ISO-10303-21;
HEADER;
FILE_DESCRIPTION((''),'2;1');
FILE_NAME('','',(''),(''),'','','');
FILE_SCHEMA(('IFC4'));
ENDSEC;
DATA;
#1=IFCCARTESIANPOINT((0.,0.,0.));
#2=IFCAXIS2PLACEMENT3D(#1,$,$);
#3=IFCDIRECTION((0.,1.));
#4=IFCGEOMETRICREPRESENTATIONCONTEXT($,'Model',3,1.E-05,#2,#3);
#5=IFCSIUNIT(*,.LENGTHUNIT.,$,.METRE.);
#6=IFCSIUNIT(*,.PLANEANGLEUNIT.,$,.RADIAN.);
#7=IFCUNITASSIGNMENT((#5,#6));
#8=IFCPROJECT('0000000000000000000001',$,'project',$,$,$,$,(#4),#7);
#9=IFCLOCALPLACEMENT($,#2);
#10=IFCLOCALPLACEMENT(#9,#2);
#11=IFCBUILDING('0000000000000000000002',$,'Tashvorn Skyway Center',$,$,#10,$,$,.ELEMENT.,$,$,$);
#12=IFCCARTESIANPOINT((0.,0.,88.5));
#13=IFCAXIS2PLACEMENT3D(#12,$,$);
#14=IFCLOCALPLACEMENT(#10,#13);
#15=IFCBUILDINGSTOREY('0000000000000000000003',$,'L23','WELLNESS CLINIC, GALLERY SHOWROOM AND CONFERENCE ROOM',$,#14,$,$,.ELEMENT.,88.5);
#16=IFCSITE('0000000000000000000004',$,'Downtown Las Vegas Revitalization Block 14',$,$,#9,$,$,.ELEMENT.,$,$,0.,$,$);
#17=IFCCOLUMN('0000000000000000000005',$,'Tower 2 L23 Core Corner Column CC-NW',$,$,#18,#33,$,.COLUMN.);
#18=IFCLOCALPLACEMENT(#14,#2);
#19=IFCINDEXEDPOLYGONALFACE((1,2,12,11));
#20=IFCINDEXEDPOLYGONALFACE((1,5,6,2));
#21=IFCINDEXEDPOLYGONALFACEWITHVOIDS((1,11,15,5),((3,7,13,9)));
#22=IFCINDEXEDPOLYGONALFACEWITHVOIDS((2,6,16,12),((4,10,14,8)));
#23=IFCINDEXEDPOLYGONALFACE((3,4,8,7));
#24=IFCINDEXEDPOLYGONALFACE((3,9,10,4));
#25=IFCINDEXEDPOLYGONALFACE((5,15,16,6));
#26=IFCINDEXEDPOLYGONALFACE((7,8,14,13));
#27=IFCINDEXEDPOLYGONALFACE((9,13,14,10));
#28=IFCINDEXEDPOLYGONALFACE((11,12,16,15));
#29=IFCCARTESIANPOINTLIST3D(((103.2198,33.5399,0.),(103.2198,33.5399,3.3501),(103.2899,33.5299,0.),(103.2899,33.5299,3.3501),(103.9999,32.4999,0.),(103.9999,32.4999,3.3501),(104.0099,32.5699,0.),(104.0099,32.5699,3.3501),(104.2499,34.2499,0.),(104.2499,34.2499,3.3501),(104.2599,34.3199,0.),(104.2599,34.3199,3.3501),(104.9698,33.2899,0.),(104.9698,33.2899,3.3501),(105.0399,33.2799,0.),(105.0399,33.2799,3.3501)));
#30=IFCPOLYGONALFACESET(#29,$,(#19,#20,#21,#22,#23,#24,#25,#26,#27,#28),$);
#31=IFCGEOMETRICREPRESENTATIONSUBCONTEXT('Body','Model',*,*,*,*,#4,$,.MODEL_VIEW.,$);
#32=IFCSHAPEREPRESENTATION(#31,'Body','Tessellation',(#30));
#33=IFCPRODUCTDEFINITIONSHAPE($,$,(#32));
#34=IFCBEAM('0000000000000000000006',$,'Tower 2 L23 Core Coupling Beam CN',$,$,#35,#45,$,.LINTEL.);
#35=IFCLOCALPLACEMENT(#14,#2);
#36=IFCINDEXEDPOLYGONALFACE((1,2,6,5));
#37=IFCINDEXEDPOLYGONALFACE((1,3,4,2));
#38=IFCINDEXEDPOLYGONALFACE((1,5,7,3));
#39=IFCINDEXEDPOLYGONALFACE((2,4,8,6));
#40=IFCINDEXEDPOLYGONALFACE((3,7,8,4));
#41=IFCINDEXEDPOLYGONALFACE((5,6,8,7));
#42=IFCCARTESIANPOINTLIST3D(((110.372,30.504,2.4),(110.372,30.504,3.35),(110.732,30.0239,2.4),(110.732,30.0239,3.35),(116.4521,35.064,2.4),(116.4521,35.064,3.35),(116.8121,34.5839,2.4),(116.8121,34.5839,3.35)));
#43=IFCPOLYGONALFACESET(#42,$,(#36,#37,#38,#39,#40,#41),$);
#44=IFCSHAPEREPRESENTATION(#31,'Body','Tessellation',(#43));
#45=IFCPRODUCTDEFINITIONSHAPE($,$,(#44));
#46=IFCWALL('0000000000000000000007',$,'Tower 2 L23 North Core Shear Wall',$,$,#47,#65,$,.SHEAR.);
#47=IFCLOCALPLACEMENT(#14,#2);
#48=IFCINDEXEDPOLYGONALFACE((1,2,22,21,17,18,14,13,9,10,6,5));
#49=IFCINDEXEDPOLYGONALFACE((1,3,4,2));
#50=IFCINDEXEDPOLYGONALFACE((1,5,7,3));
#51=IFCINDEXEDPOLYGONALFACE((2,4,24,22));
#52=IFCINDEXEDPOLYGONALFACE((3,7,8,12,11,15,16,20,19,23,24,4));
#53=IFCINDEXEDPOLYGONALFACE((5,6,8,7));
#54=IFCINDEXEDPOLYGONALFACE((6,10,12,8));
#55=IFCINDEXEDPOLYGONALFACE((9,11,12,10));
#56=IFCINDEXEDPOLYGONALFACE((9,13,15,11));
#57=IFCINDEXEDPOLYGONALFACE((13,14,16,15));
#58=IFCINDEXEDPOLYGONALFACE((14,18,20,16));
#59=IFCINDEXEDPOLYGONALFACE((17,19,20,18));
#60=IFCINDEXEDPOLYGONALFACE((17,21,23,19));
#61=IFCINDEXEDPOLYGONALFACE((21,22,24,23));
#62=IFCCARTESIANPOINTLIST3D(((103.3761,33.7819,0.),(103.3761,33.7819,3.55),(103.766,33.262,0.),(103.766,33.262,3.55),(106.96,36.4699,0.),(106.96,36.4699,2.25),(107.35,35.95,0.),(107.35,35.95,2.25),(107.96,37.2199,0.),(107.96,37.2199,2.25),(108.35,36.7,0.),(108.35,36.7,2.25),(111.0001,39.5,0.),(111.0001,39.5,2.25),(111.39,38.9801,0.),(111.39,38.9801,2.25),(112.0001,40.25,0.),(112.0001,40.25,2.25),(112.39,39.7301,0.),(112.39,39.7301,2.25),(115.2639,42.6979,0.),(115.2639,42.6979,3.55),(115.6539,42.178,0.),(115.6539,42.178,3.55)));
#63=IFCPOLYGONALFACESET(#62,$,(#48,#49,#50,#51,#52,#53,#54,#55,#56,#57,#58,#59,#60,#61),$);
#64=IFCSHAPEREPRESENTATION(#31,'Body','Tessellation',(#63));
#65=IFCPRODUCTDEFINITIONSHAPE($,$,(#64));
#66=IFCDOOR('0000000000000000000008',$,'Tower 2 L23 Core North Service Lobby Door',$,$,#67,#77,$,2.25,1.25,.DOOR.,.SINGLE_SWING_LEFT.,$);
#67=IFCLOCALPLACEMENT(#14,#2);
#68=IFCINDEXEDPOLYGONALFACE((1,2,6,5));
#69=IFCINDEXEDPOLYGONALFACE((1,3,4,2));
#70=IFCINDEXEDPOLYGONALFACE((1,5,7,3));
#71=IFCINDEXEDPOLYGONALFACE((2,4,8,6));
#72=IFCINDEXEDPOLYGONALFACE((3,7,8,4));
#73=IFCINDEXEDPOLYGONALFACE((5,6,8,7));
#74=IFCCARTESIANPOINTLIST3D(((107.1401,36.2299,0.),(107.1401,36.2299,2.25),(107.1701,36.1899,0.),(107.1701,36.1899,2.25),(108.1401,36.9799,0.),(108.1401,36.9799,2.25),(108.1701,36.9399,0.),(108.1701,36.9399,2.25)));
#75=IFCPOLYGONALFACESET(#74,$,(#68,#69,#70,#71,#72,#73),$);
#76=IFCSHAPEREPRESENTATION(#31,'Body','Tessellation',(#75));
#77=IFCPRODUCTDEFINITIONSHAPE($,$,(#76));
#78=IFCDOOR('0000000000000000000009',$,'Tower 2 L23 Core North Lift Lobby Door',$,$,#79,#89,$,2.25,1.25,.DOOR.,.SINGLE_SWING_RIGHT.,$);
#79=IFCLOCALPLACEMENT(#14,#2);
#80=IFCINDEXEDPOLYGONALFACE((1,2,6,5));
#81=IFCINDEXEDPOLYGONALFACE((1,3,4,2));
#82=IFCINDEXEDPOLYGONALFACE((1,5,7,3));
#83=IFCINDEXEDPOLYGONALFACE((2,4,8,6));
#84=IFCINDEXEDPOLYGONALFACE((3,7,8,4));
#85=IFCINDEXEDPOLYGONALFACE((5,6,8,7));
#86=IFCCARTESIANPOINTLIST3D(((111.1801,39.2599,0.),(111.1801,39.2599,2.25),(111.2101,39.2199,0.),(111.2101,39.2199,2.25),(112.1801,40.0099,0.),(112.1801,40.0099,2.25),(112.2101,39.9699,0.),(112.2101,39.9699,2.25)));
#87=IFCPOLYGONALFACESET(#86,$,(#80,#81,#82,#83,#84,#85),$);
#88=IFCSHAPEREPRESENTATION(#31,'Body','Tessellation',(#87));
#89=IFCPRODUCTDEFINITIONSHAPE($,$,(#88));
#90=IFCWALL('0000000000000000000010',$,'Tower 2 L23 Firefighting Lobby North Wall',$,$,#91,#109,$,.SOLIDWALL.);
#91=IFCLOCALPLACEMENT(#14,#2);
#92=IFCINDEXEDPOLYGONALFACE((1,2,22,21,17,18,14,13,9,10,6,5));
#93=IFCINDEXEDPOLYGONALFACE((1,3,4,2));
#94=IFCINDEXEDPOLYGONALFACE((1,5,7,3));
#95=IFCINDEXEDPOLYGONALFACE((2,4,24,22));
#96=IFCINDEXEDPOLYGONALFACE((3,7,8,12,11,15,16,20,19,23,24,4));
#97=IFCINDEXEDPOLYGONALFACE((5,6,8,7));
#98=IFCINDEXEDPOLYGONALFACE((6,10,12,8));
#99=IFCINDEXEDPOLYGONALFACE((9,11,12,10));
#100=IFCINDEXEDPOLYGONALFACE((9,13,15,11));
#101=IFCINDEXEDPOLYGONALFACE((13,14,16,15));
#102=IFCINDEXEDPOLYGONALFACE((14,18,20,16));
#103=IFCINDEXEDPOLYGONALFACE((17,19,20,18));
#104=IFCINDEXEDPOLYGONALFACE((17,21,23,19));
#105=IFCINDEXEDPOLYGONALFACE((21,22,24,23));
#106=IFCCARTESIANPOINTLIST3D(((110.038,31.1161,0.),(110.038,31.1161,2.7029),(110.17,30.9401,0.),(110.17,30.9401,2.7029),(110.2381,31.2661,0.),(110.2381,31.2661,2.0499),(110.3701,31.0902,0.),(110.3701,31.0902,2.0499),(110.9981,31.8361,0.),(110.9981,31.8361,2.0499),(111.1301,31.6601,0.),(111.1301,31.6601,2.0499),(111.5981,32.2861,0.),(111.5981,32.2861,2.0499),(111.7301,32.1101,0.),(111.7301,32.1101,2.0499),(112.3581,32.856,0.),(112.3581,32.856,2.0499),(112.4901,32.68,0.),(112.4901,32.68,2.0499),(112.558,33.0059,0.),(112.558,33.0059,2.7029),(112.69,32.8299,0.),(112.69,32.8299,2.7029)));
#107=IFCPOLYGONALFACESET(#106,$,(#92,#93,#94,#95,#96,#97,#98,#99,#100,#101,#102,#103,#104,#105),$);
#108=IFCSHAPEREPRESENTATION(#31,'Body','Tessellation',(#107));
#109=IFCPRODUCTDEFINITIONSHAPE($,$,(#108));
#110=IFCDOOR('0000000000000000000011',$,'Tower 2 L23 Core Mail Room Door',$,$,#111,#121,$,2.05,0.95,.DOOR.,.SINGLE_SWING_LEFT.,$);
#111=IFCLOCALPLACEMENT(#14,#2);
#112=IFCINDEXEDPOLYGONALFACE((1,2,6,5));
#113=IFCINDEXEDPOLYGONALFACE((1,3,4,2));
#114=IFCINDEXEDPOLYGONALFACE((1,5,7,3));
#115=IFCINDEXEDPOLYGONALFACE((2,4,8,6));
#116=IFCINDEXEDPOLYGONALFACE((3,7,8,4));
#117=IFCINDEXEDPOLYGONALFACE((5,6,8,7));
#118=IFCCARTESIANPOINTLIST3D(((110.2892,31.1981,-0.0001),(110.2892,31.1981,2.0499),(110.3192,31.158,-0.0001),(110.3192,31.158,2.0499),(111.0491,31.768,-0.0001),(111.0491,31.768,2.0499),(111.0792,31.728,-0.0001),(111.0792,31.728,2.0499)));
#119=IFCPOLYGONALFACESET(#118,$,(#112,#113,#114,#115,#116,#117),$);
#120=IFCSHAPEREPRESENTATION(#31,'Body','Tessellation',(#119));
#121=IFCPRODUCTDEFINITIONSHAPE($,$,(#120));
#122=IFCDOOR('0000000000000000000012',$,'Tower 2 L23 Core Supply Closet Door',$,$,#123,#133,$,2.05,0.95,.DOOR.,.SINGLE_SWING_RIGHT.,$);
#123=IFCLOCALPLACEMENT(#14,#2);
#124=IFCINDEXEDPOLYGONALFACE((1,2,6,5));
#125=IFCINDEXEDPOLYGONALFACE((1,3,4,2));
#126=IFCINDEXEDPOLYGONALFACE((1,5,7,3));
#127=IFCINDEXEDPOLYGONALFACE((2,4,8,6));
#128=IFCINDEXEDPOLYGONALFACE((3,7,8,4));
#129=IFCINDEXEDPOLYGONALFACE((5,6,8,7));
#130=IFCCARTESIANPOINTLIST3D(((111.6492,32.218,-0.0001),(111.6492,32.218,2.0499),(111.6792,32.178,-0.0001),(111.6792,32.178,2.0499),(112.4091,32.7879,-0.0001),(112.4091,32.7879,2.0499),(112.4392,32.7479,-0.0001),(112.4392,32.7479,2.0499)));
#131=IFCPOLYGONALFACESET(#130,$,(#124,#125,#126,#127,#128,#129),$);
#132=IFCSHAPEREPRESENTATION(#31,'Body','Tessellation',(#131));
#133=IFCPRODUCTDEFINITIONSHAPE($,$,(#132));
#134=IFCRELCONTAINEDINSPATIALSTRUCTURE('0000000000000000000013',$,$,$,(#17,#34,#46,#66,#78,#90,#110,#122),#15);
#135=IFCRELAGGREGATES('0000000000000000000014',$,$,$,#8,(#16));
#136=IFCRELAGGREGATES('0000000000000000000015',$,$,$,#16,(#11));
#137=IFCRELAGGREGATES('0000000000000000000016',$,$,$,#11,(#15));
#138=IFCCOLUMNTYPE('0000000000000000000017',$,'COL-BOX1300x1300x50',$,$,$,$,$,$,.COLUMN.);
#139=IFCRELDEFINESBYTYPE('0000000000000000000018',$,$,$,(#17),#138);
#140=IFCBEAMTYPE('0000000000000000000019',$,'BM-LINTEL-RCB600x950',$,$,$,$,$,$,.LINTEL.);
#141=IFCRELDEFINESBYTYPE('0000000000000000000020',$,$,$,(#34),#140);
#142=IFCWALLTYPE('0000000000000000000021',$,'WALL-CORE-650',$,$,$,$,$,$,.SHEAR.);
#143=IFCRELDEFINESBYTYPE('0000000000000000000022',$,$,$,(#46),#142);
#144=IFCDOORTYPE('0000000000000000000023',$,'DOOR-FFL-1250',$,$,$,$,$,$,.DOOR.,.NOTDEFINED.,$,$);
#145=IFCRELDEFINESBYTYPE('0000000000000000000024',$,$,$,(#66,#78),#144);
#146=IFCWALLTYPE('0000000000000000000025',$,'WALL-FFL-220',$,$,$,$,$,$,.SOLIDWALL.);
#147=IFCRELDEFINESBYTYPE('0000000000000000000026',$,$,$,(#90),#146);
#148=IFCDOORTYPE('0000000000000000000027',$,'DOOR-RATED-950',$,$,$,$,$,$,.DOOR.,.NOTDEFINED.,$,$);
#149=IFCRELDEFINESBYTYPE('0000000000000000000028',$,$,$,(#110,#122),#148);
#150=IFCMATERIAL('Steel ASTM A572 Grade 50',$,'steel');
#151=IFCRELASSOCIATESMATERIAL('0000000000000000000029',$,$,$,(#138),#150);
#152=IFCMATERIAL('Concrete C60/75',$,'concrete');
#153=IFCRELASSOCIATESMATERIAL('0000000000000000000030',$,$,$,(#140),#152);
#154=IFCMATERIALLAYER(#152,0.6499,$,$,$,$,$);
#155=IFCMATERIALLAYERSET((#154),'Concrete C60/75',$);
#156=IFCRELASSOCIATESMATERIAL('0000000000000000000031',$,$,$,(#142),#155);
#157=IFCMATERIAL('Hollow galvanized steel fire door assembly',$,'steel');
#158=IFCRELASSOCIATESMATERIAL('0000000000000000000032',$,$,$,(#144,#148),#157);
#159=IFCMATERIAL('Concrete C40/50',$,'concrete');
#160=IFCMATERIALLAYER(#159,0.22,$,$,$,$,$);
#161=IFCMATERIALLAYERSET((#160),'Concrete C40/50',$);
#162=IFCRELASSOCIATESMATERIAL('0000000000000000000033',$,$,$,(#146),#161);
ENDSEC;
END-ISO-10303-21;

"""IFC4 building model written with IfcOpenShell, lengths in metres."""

from ifc_helpers import new_model, si_unit, direction, frame, frame_2d, origin, origin_2d, place, context, subcontext, project, spatial, rectangle, hollow_rectangle, extrude, material, layer, layer_set, material_profile, profile_set, type_object, element, fill, save


model = new_model("IFC4")

# Units and contexts
model_context = context("Model", 3, precision=1e-05, world=origin(), true_north=direction((0.0, 1.0)))
body_context = subcontext(model_context, "Body", "Model", "MODEL_VIEW")
ifc_project = project(units=[si_unit("LENGTHUNIT", "METRE"), si_unit("PLANEANGLEUNIT", "RADIAN")], contexts=[model_context])

# Site, building, storey
site_placement = place(None, origin())
site = spatial("IfcSite", under=ifc_project, at=site_placement, Name="Downtown Las Vegas Revitalization Block 14", CompositionType="ELEMENT", RefElevation=0.0)
building_placement = place(site_placement, origin())
building = spatial("IfcBuilding", under=site, at=building_placement, Name="Tashvorn Skyway Center", CompositionType="ELEMENT")
storey_placement = place(building_placement, frame((0.0, 0.0, 88.5)))
storey = spatial("IfcBuildingStorey", under=building, at=storey_placement, Name="L23", Description="WELLNESS CLINIC, GALLERY SHOWROOM AND CONFERENCE ROOM", CompositionType="ELEMENT", Elevation=88.5)

# Column
ifc_material_1 = material(Name="Steel ASTM A572 Grade 50", Category="steel")
ifc_material_profile_1 = material_profile(ifc_material_1, hollow_rectangle(XDim=1.3, YDim=1.3, WallThickness=0.05, at=origin_2d()), Name="BOX1300x1300x50")
ifc_profile_set_1 = profile_set([ifc_material_profile_1], Name="Steel ASTM A572 Grade 50")
column_type = type_object("IfcColumnType", Name="COL-BOX1300x1300x50", PredefinedType="COLUMN", material=ifc_profile_set_1)
column_placement = place(storey_placement, frame((104.1299, 33.4099, 0.0), z_axis=(0.0, 0.0, 1.0), x_axis=(0.8, 0.6, 0.0)))
element("IfcColumn", 1, at=column_placement, inside=storey, type_object=column_type, Name="Tower 2 L23 Core Corner Column CC-NW", PredefinedType="COLUMN", context=body_context, shape_type="SweptSolid", body=[
    extrude(hollow_rectangle(XDim=1.3, YDim=1.3, WallThickness=0.05, at=origin_2d()), origin(), (0.0, 0.0, 1.0), 3.3501),
])

# Beam
ifc_material_2 = material(Name="Concrete C60/75", Category="concrete")
ifc_material_profile_2 = material_profile(ifc_material_2, rectangle(XDim=0.6001, YDim=0.95, at=origin_2d()), Name="RCB600x950")
ifc_profile_set_2 = profile_set([ifc_material_profile_2], Name="Concrete C60/75")
beam_type = type_object("IfcBeamType", Name="BM-LINTEL-RCB600x950", PredefinedType="LINTEL", material=ifc_profile_set_2)
beam_placement = place(storey_placement, frame((110.552, 30.2639, 2.875), z_axis=(0.8, 0.6, 0.0), x_axis=(-0.6, 0.8, 0.0)))
element("IfcBeam", 2, at=beam_placement, inside=storey, type_object=beam_type, Name="Tower 2 L23 Core Coupling Beam CN", PredefinedType="LINTEL", context=body_context, shape_type="SweptSolid", body=[
    extrude(rectangle(XDim=0.6001, YDim=0.95, at=origin_2d()), origin(), (0.0, 0.0, 1.0), 7.6001),
])

# Walls, openings, doors
ifc_layer_1 = layer(ifc_material_2, 0.6499)
ifc_layer_set_1 = layer_set([ifc_layer_1], Name="Concrete C60/75")
wall_type_1 = type_object("IfcWallType", Name="WALL-CORE-650", PredefinedType="SHEAR", material=ifc_layer_set_1)
wall_1_placement = place(storey_placement, frame((103.571, 33.522, 0.0), z_axis=(0.0, 0.0, 1.0), x_axis=(0.799998, 0.600003, 0.0)))
wall_1 = element("IfcWall", 3, at=wall_1_placement, inside=storey, type_object=wall_type_1, Name="Tower 2 L23 North Core Shear Wall", PredefinedType="SHEAR", context=body_context, shape_type="SweptSolid", body=[
    extrude(rectangle(XDim=14.8599, YDim=0.6499, at=frame_2d((7.4299, 0.0))), origin(), (0.0, 0.0, 1.0), 3.55),
])
opening_1_placement = place(wall_1_placement, frame((4.48, 0.0, 0.0)))
opening_1 = element("IfcOpeningElement", 4, at=opening_1_placement, cuts=wall_1, PredefinedType="OPENING", context=body_context, shape_type="SweptSolid", body=[
    extrude(rectangle(XDim=1.25, YDim=2.25, at=frame_2d((0.625, 1.125))), frame((0.0, 0.335, 0.0), z_axis=(0.0, -1.0, 0.0), x_axis=(1.0, 0.0, 0.0)), (0.0, 0.0, 1.0), 0.6699),
])
opening_2_placement = place(wall_1_placement, frame((9.53, 0.0, 0.0)))
opening_2 = element("IfcOpeningElement", 5, at=opening_2_placement, cuts=wall_1, PredefinedType="OPENING", context=body_context, shape_type="SweptSolid", body=[
    extrude(rectangle(XDim=1.25, YDim=2.25, at=frame_2d((0.625, 1.125))), frame((0.0, 0.335, 0.0), z_axis=(0.0, -1.0, 0.0), x_axis=(1.0, 0.0, 0.0)), (0.0, 0.0, 1.0), 0.6699),
])
ifc_material_3 = material(Name="Hollow galvanized steel fire door assembly", Category="steel")
door_type_1 = type_object("IfcDoorType", Name="DOOR-FFL-1250", OperationType="NOTDEFINED", PredefinedType="DOOR", material=ifc_material_3)
door_1_placement = place(opening_1_placement, origin())
door_1 = element("IfcDoor", 6, at=door_1_placement, inside=storey, type_object=door_type_1, Name="Tower 2 L23 Core North Service Lobby Door", OperationType="SINGLE_SWING_LEFT", OverallHeight=2.25, OverallWidth=1.25, PredefinedType="DOOR", context=body_context, shape_type="SweptSolid", body=[
    extrude(rectangle(XDim=1.25, YDim=2.25, at=frame_2d((0.625, 1.125))), frame((0.0, 0.0249, 0.0), z_axis=(0.0, -1.0, 0.0), x_axis=(1.0, 0.0, 0.0)), (0.0, 0.0, 1.0), 0.05),
])
fill(opening_1, door_1)
door_2_placement = place(opening_2_placement, origin())
door_2 = element("IfcDoor", 7, at=door_2_placement, inside=storey, type_object=door_type_1, Name="Tower 2 L23 Core North Lift Lobby Door", OperationType="SINGLE_SWING_RIGHT", OverallHeight=2.25, OverallWidth=1.25, PredefinedType="DOOR", context=body_context, shape_type="SweptSolid", body=[
    extrude(rectangle(XDim=1.25, YDim=2.25, at=frame_2d((0.625, 1.125))), frame((0.0, 0.0249, 0.0), z_axis=(0.0, -1.0, 0.0), x_axis=(1.0, 0.0, 0.0)), (0.0, 0.0, 1.0), 0.05),
])
fill(opening_2, door_2)
ifc_material_4 = material(Name="Concrete C40/50", Category="concrete")
ifc_layer_2 = layer(ifc_material_4, 0.22)
ifc_layer_set_2 = layer_set([ifc_layer_2], Name="Concrete C40/50")
wall_type_2 = type_object("IfcWallType", Name="WALL-FFL-220", PredefinedType="SOLIDWALL", material=ifc_layer_set_2)
wall_2_placement = place(storey_placement, frame((110.104, 31.0281, 0.0), z_axis=(0.0, 0.0, 1.0), x_axis=(0.800019, 0.599975, 0.0)))
wall_2 = element("IfcWall", 8, at=wall_2_placement, inside=storey, type_object=wall_type_2, Name="Tower 2 L23 Firefighting Lobby North Wall", PredefinedType="SOLIDWALL", context=body_context, shape_type="SweptSolid", body=[
    extrude(rectangle(XDim=3.1499, YDim=0.22, at=frame_2d((1.575, 0.0))), origin(), (0.0, 0.0, 1.0), 2.7029),
])
opening_3_placement = place(wall_2_placement, frame((0.25, 0.0, 0.0)))
opening_3 = element("IfcOpeningElement", 9, at=opening_3_placement, cuts=wall_2, PredefinedType="OPENING", context=body_context, shape_type="SweptSolid", body=[
    extrude(rectangle(XDim=0.95, YDim=2.05, at=frame_2d((0.4751, 1.0249))), frame((0.0, 0.1199, 0.0), z_axis=(0.0, -1.0, 0.0), x_axis=(1.0, 0.0, 0.0)), (0.0, 0.0, 1.0), 0.24),
])
opening_4_placement = place(wall_2_placement, frame((1.95, 0.0, 0.0)))
opening_4 = element("IfcOpeningElement", 10, at=opening_4_placement, cuts=wall_2, PredefinedType="OPENING", context=body_context, shape_type="SweptSolid", body=[
    extrude(rectangle(XDim=0.95, YDim=2.05, at=frame_2d((0.4751, 1.0249))), frame((0.0, 0.1199, 0.0), z_axis=(0.0, -1.0, 0.0), x_axis=(1.0, 0.0, 0.0)), (0.0, 0.0, 1.0), 0.24),
])
door_type_2 = type_object("IfcDoorType", Name="DOOR-RATED-950", OperationType="NOTDEFINED", PredefinedType="DOOR", material=ifc_material_3)
door_3_placement = place(opening_3_placement, origin())
door_3 = element("IfcDoor", 11, at=door_3_placement, inside=storey, type_object=door_type_2, Name="Tower 2 L23 Core Mail Room Door", OperationType="SINGLE_SWING_LEFT", OverallHeight=2.05, OverallWidth=0.95, PredefinedType="DOOR", context=body_context, shape_type="SweptSolid", body=[
    extrude(rectangle(XDim=0.95, YDim=2.05, at=frame_2d((0.4751, 1.0249))), frame((0.0, 0.0249, 0.0), z_axis=(0.0, -1.0, 0.0), x_axis=(1.0, 0.0, 0.0)), (0.0, 0.0, 1.0), 0.05),
])
fill(opening_3, door_3)
door_4_placement = place(opening_4_placement, origin())
door_4 = element("IfcDoor", 12, at=door_4_placement, inside=storey, type_object=door_type_2, Name="Tower 2 L23 Core Supply Closet Door", OperationType="SINGLE_SWING_RIGHT", OverallHeight=2.05, OverallWidth=0.95, PredefinedType="DOOR", context=body_context, shape_type="SweptSolid", body=[
    extrude(rectangle(XDim=0.95, YDim=2.05, at=frame_2d((0.4751, 1.0249))), frame((0.0, 0.0249, 0.0), z_axis=(0.0, -1.0, 0.0), x_axis=(1.0, 0.0, 0.0)), (0.0, 0.0, 1.0), 0.05),
])
fill(opening_4, door_4)

save(model, "model.ifc")
